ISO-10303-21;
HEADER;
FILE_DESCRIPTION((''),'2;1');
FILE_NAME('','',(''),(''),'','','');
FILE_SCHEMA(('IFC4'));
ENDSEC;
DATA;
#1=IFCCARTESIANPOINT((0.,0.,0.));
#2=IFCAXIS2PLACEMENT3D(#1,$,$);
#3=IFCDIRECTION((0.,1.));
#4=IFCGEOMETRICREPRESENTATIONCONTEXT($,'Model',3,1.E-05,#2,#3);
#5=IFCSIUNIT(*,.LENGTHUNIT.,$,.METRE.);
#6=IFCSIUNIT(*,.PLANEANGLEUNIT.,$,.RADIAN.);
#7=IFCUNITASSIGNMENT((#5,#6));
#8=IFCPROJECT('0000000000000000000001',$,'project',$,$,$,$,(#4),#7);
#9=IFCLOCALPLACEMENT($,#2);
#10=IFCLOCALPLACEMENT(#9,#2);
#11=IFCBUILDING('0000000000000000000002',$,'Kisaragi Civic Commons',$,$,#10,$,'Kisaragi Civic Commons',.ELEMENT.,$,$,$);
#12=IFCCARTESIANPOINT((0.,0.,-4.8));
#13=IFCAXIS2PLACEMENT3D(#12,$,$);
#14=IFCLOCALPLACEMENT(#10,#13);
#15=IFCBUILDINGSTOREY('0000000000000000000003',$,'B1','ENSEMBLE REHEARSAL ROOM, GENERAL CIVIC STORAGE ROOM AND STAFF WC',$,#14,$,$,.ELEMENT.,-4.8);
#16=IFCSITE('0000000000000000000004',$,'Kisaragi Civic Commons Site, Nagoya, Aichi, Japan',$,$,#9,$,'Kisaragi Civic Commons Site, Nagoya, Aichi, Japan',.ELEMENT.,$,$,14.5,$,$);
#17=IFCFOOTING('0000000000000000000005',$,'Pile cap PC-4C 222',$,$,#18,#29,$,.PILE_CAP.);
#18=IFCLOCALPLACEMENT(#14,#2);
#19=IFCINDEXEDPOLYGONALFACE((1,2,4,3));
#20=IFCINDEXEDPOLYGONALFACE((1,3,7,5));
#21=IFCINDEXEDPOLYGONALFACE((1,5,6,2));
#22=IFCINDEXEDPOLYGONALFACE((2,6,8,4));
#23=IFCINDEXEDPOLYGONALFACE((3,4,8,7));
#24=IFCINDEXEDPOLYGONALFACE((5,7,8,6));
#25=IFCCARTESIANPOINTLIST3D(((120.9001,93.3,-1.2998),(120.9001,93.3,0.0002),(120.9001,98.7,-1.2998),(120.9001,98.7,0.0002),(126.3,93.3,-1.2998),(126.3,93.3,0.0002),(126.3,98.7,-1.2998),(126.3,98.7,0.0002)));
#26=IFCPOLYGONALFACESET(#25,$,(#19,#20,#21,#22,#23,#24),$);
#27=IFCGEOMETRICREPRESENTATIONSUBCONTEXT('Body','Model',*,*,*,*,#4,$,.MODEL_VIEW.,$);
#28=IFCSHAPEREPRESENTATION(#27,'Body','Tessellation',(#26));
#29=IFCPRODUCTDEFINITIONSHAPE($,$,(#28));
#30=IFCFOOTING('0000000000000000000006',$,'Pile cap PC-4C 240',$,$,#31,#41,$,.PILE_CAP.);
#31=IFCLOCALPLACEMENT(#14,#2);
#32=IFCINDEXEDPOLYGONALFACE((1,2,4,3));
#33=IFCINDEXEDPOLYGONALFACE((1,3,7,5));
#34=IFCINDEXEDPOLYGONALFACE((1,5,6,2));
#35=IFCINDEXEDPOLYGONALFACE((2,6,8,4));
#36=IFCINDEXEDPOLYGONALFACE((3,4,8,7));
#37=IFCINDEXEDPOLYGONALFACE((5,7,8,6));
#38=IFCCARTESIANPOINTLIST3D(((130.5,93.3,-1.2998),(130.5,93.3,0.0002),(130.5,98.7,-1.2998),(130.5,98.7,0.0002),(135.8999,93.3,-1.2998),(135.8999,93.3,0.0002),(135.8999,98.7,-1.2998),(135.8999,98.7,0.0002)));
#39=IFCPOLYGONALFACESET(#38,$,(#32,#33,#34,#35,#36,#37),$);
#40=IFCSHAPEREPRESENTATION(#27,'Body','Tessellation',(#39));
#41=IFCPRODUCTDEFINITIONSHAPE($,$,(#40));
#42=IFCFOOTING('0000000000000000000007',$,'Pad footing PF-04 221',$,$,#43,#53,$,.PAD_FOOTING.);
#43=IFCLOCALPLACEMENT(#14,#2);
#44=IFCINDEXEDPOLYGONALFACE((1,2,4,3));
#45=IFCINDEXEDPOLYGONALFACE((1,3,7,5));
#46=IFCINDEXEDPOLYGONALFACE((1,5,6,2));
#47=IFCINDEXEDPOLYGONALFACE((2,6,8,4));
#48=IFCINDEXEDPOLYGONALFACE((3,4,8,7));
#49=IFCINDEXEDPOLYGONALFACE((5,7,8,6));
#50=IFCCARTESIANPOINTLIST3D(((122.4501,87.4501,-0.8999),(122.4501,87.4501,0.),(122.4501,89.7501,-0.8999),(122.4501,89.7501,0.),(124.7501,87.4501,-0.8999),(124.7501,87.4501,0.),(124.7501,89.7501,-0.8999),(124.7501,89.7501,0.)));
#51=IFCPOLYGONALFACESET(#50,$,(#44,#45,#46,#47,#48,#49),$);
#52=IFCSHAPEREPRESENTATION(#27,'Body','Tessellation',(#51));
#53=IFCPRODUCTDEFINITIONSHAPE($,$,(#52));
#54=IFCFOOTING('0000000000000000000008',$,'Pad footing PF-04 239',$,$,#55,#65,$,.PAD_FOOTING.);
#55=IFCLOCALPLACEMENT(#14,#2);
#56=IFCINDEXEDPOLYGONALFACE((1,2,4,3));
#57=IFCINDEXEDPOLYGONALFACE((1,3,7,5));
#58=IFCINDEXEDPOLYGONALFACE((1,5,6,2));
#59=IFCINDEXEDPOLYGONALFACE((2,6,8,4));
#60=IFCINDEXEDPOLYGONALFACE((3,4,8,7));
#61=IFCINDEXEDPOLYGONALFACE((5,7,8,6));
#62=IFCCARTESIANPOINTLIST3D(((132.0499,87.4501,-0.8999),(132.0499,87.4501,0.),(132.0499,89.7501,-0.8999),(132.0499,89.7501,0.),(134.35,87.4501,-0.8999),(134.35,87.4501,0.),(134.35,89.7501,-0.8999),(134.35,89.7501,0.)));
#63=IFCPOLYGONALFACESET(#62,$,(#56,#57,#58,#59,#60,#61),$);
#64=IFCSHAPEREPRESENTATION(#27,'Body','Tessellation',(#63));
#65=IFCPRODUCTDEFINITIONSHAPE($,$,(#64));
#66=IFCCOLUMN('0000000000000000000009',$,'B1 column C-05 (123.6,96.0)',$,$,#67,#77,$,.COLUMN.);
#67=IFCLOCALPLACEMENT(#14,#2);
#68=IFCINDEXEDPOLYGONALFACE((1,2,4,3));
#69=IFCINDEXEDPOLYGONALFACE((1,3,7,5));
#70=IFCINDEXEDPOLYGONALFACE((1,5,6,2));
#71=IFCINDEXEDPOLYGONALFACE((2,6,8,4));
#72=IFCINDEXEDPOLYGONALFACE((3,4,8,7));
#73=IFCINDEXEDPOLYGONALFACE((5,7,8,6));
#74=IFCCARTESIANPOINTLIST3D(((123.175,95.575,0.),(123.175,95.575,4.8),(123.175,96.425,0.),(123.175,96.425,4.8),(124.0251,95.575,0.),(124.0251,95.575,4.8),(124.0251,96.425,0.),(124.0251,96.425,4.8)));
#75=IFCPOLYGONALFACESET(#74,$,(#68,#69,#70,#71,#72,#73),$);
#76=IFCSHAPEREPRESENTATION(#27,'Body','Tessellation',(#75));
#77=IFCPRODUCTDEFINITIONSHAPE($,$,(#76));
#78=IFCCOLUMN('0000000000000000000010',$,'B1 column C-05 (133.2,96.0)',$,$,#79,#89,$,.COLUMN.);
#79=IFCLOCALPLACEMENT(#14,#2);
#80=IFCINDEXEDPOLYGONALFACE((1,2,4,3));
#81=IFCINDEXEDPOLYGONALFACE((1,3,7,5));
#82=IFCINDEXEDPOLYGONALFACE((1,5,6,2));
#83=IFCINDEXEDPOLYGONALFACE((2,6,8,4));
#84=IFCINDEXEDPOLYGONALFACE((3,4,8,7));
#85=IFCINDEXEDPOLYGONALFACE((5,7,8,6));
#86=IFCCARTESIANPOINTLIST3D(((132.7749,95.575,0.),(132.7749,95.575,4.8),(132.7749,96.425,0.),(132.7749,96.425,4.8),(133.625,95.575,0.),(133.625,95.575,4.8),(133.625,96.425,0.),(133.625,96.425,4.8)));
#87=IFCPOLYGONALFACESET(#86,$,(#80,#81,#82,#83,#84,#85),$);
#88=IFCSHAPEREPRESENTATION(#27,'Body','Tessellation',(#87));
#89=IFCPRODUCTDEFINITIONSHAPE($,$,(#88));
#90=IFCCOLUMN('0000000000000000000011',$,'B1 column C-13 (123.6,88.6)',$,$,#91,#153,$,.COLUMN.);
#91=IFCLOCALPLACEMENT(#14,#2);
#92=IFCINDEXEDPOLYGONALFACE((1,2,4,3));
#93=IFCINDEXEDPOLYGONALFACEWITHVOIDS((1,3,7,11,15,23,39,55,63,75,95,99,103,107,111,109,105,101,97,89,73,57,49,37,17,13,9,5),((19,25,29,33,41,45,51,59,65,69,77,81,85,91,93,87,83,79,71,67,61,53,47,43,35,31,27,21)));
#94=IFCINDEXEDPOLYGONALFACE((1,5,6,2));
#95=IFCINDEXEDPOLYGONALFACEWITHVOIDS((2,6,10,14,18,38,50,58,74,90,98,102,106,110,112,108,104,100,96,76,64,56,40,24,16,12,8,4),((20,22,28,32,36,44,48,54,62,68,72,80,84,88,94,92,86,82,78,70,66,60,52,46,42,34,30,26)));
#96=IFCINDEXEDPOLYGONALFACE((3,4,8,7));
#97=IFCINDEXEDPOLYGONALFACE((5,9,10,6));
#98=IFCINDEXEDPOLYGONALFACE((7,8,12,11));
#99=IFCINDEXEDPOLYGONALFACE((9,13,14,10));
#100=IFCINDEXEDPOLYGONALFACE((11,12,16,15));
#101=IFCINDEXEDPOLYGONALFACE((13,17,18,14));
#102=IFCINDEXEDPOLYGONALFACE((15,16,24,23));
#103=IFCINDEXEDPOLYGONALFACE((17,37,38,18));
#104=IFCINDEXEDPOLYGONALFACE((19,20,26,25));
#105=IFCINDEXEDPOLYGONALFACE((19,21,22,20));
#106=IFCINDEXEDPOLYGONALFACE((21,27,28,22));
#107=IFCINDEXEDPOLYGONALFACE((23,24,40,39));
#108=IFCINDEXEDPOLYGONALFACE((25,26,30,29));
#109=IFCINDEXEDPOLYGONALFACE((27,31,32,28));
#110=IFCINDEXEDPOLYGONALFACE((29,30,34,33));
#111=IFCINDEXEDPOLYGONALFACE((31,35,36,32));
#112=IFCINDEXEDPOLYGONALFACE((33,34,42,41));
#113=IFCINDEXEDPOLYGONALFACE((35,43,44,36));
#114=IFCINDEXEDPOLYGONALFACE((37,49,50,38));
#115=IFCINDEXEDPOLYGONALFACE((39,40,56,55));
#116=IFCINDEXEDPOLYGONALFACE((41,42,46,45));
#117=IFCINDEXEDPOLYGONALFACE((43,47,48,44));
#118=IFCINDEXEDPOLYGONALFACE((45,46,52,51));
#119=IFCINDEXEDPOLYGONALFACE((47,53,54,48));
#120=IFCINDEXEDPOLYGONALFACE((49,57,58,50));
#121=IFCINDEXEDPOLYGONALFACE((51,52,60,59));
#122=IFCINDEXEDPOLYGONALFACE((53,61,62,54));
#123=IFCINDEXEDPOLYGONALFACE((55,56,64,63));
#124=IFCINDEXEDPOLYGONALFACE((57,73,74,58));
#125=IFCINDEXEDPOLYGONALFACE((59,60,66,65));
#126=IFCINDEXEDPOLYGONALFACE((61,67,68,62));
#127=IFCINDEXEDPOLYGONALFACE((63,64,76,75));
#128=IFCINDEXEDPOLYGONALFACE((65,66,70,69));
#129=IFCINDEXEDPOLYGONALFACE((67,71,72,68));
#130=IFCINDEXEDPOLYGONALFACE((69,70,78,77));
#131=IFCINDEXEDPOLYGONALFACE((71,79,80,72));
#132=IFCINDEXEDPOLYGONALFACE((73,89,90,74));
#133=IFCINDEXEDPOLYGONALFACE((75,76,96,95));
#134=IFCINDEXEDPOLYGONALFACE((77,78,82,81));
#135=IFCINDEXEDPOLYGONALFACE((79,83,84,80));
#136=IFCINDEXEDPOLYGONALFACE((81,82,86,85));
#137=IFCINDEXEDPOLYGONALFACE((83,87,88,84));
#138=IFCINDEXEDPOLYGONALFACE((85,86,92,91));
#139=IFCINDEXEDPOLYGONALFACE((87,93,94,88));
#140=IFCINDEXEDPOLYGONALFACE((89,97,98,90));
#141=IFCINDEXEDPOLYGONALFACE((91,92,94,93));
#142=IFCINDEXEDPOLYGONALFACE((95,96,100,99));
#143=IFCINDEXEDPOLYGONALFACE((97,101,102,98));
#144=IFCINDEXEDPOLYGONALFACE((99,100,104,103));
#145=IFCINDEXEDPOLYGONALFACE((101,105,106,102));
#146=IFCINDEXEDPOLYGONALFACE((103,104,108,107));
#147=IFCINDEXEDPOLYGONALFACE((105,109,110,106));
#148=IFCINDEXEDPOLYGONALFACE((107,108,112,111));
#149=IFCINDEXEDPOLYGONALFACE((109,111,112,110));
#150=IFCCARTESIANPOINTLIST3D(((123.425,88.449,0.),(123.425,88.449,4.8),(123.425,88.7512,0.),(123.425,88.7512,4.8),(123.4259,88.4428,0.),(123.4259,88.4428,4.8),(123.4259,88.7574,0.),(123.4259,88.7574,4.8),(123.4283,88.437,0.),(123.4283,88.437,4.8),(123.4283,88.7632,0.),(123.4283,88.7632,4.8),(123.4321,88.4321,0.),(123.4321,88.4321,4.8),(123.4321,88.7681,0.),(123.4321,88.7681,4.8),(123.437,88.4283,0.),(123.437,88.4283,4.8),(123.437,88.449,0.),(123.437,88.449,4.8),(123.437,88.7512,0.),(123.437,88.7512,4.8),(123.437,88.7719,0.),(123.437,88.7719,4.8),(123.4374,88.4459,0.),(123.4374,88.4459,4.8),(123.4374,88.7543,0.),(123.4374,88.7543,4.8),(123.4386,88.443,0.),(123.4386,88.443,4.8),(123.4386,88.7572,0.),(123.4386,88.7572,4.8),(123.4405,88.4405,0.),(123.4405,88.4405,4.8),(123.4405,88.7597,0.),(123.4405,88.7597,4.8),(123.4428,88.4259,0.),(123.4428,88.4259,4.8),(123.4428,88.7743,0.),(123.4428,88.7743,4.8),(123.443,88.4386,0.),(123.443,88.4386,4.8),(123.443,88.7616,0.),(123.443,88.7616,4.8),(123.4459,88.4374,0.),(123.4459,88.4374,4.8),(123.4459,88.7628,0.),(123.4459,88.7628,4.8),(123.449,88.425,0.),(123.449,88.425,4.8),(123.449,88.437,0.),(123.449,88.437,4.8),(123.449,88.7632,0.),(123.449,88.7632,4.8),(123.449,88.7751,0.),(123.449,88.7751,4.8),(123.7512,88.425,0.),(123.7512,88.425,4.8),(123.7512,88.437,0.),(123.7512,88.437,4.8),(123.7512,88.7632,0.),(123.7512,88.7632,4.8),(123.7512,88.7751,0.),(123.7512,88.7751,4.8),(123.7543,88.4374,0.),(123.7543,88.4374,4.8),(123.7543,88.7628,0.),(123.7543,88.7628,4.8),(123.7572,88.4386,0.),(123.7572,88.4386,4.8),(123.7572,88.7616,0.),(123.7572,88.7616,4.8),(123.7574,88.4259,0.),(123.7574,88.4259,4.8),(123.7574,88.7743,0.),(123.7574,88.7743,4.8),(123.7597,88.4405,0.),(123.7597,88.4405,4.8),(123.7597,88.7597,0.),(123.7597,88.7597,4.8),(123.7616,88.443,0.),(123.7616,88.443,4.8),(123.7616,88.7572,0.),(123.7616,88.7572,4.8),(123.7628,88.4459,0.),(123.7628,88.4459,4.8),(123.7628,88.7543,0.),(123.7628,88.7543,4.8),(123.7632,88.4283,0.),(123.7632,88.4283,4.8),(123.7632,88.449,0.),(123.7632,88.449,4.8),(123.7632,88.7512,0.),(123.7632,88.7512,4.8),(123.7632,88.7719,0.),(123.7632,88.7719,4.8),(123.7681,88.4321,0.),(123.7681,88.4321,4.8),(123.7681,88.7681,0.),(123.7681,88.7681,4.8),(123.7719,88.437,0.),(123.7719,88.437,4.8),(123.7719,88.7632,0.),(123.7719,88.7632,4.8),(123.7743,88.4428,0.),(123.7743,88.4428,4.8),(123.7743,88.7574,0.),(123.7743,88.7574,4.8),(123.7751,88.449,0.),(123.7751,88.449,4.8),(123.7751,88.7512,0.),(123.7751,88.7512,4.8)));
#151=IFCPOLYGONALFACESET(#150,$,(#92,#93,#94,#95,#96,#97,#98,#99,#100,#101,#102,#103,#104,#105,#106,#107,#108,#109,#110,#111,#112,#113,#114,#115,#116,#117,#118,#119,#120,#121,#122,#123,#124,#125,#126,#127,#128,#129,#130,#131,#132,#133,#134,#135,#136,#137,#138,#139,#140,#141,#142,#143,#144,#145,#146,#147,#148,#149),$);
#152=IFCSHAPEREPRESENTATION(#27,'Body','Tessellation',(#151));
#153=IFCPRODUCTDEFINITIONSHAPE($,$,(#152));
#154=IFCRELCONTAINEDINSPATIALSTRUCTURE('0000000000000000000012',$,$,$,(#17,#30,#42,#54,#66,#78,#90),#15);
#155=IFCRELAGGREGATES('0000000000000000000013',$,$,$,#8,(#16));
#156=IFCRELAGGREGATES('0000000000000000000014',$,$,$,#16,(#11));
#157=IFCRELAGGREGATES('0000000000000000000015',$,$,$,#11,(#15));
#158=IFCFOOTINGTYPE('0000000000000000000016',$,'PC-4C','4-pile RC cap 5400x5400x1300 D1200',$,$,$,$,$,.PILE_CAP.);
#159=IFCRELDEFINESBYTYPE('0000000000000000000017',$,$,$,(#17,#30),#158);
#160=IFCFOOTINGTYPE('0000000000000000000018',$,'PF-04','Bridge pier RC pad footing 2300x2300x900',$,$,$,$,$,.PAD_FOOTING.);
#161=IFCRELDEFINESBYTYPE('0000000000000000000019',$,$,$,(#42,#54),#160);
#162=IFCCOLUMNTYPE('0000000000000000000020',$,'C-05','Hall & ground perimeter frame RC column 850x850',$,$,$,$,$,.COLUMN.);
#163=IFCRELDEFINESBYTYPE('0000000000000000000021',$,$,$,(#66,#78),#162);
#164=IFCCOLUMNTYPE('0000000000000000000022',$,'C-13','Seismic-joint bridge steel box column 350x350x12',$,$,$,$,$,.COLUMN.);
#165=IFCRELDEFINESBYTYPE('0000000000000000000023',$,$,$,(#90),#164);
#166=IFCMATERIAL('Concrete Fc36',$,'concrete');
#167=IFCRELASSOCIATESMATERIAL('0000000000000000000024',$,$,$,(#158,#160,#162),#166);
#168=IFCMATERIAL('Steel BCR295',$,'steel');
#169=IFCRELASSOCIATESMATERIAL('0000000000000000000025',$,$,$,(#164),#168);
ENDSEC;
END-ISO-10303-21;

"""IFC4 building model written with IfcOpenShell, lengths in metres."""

from ifc_helpers import new_model, si_unit, direction, frame, origin, origin_2d, place, context, subcontext, project, spatial, rectangle, hollow_rectangle, extrude, material, material_profile, profile_set, type_object, element, save


model = new_model("IFC4")

# Units and contexts
model_context = context("Model", 3, precision=1e-05, world=origin(), true_north=direction((0.0, 1.0)))
body_context = subcontext(model_context, "Body", "Model", "MODEL_VIEW")
ifc_project = project(units=[si_unit("LENGTHUNIT", "METRE"), si_unit("PLANEANGLEUNIT", "RADIAN")], contexts=[model_context])

# Site, building, storey
site_placement = place(None, origin())
site = spatial("IfcSite", under=ifc_project, at=site_placement, Name="Kisaragi Civic Commons Site, Nagoya, Aichi, Japan", LongName="Kisaragi Civic Commons Site, Nagoya, Aichi, Japan", CompositionType="ELEMENT", RefElevation=14.5)
building_placement = place(site_placement, origin())
building = spatial("IfcBuilding", under=site, at=building_placement, Name="Kisaragi Civic Commons", LongName="Kisaragi Civic Commons", CompositionType="ELEMENT")
storey_placement = place(building_placement, frame((0.0, 0.0, -4.8)))
storey = spatial("IfcBuildingStorey", under=building, at=storey_placement, Name="B1", Description="ENSEMBLE REHEARSAL ROOM, GENERAL CIVIC STORAGE ROOM AND STAFF WC", CompositionType="ELEMENT", Elevation=-4.8)

# Footings
ifc_material_1 = material(Name="Concrete Fc36", Category="concrete")
footing_type_1 = type_object("IfcFootingType", Name="PC-4C", Description="4-pile RC cap 5400x5400x1300 D1200", PredefinedType="PILE_CAP", material=ifc_material_1)
for number, where, z_axis, x_axis, name in (
    (1, (123.6001, 96.0, -1.2998), (0.0, 0.0, 1.0), (1.0, 0.0, 0.0), "Pile cap PC-4C 222"),
    (2, (133.2, 96.0, -1.2998), (0.0, 0.0, 1.0), (1.0, 0.0, 0.0), "Pile cap PC-4C 240"),
):
    element("IfcFooting", number, at=place(storey_placement, frame(where, z_axis=z_axis, x_axis=x_axis)), inside=storey, type_object=footing_type_1, Name=name, PredefinedType="PILE_CAP", context=body_context, shape_type="SweptSolid", body=[
        extrude(rectangle(XDim=5.3999, YDim=5.3999, at=origin_2d()), origin(), (0.0, 0.0, 1.0), 1.3),
    ])
footing_type_2 = type_object("IfcFootingType", Name="PF-04", Description="Bridge pier RC pad footing 2300x2300x900", PredefinedType="PAD_FOOTING", material=ifc_material_1)
for number, where, z_axis, x_axis, name in (
    (3, (123.6001, 88.6001, -0.8999), (0.0, 0.0, 1.0), (1.0, 0.0, 0.0), "Pad footing PF-04 221"),
    (4, (133.2, 88.6001, -0.8999), (0.0, 0.0, 1.0), (1.0, 0.0, 0.0), "Pad footing PF-04 239"),
):
    element("IfcFooting", number, at=place(storey_placement, frame(where, z_axis=z_axis, x_axis=x_axis)), inside=storey, type_object=footing_type_2, Name=name, PredefinedType="PAD_FOOTING", context=body_context, shape_type="SweptSolid", body=[
        extrude(rectangle(XDim=2.3, YDim=2.3, at=origin_2d()), origin(), (0.0, 0.0, 1.0), 0.8999),
    ])

# Columns
ifc_material_profile_1 = material_profile(ifc_material_1, rectangle(XDim=0.8501, YDim=0.8501, at=origin_2d()), Name="RC-850x850", Category="concrete")
ifc_profile_set_1 = profile_set([ifc_material_profile_1], Name="Concrete Fc36")
column_type_1 = type_object("IfcColumnType", Name="C-05", Description="Hall & ground perimeter frame RC column 850x850", PredefinedType="COLUMN", material=ifc_profile_set_1)
for number, where, z_axis, x_axis, name in (
    (5, (123.6001, 96.0, 0.0), (0.0, 0.0, 1.0), (1.0, 0.0, 0.0), "B1 column C-05 (123.6,96.0)"),
    (6, (133.2, 96.0, 0.0), (0.0, 0.0, 1.0), (1.0, 0.0, 0.0), "B1 column C-05 (133.2,96.0)"),
):
    element("IfcColumn", number, at=place(storey_placement, frame(where, z_axis=z_axis, x_axis=x_axis)), inside=storey, type_object=column_type_1, Name=name, PredefinedType="COLUMN", context=body_context, shape_type="SweptSolid", body=[
        extrude(rectangle(XDim=0.8501, YDim=0.8501, at=origin_2d()), origin(), (0.0, 0.0, 1.0), 4.8),
    ])
ifc_material_2 = material(Name="Steel BCR295", Category="steel")
ifc_material_profile_2 = material_profile(ifc_material_2, hollow_rectangle(XDim=0.3501, YDim=0.3501, WallThickness=0.012, InnerFilletRadius=0.012, OuterFilletRadius=0.0239, at=origin_2d()), Name="BCR-350x350x12", Category="steel")
ifc_profile_set_2 = profile_set([ifc_material_profile_2], Name="Steel BCR295")
column_type_2 = type_object("IfcColumnType", Name="C-13", Description="Seismic-joint bridge steel box column 350x350x12", PredefinedType="COLUMN", material=ifc_profile_set_2)
for number, where, z_axis, x_axis, name in (
    (7, (123.6001, 88.6001, 0.0), (0.0, 0.0, 1.0), (1.0, 0.0, 0.0), "B1 column C-13 (123.6,88.6)"),
):
    element("IfcColumn", number, at=place(storey_placement, frame(where, z_axis=z_axis, x_axis=x_axis)), inside=storey, type_object=column_type_2, Name=name, PredefinedType="COLUMN", context=body_context, shape_type="SweptSolid", body=[
        extrude(hollow_rectangle(XDim=0.3501, YDim=0.3501, WallThickness=0.012, InnerFilletRadius=0.012, OuterFilletRadius=0.0239, at=origin_2d()), origin(), (0.0, 0.0, 1.0), 4.8),
    ])

save(model, "model.ifc")
